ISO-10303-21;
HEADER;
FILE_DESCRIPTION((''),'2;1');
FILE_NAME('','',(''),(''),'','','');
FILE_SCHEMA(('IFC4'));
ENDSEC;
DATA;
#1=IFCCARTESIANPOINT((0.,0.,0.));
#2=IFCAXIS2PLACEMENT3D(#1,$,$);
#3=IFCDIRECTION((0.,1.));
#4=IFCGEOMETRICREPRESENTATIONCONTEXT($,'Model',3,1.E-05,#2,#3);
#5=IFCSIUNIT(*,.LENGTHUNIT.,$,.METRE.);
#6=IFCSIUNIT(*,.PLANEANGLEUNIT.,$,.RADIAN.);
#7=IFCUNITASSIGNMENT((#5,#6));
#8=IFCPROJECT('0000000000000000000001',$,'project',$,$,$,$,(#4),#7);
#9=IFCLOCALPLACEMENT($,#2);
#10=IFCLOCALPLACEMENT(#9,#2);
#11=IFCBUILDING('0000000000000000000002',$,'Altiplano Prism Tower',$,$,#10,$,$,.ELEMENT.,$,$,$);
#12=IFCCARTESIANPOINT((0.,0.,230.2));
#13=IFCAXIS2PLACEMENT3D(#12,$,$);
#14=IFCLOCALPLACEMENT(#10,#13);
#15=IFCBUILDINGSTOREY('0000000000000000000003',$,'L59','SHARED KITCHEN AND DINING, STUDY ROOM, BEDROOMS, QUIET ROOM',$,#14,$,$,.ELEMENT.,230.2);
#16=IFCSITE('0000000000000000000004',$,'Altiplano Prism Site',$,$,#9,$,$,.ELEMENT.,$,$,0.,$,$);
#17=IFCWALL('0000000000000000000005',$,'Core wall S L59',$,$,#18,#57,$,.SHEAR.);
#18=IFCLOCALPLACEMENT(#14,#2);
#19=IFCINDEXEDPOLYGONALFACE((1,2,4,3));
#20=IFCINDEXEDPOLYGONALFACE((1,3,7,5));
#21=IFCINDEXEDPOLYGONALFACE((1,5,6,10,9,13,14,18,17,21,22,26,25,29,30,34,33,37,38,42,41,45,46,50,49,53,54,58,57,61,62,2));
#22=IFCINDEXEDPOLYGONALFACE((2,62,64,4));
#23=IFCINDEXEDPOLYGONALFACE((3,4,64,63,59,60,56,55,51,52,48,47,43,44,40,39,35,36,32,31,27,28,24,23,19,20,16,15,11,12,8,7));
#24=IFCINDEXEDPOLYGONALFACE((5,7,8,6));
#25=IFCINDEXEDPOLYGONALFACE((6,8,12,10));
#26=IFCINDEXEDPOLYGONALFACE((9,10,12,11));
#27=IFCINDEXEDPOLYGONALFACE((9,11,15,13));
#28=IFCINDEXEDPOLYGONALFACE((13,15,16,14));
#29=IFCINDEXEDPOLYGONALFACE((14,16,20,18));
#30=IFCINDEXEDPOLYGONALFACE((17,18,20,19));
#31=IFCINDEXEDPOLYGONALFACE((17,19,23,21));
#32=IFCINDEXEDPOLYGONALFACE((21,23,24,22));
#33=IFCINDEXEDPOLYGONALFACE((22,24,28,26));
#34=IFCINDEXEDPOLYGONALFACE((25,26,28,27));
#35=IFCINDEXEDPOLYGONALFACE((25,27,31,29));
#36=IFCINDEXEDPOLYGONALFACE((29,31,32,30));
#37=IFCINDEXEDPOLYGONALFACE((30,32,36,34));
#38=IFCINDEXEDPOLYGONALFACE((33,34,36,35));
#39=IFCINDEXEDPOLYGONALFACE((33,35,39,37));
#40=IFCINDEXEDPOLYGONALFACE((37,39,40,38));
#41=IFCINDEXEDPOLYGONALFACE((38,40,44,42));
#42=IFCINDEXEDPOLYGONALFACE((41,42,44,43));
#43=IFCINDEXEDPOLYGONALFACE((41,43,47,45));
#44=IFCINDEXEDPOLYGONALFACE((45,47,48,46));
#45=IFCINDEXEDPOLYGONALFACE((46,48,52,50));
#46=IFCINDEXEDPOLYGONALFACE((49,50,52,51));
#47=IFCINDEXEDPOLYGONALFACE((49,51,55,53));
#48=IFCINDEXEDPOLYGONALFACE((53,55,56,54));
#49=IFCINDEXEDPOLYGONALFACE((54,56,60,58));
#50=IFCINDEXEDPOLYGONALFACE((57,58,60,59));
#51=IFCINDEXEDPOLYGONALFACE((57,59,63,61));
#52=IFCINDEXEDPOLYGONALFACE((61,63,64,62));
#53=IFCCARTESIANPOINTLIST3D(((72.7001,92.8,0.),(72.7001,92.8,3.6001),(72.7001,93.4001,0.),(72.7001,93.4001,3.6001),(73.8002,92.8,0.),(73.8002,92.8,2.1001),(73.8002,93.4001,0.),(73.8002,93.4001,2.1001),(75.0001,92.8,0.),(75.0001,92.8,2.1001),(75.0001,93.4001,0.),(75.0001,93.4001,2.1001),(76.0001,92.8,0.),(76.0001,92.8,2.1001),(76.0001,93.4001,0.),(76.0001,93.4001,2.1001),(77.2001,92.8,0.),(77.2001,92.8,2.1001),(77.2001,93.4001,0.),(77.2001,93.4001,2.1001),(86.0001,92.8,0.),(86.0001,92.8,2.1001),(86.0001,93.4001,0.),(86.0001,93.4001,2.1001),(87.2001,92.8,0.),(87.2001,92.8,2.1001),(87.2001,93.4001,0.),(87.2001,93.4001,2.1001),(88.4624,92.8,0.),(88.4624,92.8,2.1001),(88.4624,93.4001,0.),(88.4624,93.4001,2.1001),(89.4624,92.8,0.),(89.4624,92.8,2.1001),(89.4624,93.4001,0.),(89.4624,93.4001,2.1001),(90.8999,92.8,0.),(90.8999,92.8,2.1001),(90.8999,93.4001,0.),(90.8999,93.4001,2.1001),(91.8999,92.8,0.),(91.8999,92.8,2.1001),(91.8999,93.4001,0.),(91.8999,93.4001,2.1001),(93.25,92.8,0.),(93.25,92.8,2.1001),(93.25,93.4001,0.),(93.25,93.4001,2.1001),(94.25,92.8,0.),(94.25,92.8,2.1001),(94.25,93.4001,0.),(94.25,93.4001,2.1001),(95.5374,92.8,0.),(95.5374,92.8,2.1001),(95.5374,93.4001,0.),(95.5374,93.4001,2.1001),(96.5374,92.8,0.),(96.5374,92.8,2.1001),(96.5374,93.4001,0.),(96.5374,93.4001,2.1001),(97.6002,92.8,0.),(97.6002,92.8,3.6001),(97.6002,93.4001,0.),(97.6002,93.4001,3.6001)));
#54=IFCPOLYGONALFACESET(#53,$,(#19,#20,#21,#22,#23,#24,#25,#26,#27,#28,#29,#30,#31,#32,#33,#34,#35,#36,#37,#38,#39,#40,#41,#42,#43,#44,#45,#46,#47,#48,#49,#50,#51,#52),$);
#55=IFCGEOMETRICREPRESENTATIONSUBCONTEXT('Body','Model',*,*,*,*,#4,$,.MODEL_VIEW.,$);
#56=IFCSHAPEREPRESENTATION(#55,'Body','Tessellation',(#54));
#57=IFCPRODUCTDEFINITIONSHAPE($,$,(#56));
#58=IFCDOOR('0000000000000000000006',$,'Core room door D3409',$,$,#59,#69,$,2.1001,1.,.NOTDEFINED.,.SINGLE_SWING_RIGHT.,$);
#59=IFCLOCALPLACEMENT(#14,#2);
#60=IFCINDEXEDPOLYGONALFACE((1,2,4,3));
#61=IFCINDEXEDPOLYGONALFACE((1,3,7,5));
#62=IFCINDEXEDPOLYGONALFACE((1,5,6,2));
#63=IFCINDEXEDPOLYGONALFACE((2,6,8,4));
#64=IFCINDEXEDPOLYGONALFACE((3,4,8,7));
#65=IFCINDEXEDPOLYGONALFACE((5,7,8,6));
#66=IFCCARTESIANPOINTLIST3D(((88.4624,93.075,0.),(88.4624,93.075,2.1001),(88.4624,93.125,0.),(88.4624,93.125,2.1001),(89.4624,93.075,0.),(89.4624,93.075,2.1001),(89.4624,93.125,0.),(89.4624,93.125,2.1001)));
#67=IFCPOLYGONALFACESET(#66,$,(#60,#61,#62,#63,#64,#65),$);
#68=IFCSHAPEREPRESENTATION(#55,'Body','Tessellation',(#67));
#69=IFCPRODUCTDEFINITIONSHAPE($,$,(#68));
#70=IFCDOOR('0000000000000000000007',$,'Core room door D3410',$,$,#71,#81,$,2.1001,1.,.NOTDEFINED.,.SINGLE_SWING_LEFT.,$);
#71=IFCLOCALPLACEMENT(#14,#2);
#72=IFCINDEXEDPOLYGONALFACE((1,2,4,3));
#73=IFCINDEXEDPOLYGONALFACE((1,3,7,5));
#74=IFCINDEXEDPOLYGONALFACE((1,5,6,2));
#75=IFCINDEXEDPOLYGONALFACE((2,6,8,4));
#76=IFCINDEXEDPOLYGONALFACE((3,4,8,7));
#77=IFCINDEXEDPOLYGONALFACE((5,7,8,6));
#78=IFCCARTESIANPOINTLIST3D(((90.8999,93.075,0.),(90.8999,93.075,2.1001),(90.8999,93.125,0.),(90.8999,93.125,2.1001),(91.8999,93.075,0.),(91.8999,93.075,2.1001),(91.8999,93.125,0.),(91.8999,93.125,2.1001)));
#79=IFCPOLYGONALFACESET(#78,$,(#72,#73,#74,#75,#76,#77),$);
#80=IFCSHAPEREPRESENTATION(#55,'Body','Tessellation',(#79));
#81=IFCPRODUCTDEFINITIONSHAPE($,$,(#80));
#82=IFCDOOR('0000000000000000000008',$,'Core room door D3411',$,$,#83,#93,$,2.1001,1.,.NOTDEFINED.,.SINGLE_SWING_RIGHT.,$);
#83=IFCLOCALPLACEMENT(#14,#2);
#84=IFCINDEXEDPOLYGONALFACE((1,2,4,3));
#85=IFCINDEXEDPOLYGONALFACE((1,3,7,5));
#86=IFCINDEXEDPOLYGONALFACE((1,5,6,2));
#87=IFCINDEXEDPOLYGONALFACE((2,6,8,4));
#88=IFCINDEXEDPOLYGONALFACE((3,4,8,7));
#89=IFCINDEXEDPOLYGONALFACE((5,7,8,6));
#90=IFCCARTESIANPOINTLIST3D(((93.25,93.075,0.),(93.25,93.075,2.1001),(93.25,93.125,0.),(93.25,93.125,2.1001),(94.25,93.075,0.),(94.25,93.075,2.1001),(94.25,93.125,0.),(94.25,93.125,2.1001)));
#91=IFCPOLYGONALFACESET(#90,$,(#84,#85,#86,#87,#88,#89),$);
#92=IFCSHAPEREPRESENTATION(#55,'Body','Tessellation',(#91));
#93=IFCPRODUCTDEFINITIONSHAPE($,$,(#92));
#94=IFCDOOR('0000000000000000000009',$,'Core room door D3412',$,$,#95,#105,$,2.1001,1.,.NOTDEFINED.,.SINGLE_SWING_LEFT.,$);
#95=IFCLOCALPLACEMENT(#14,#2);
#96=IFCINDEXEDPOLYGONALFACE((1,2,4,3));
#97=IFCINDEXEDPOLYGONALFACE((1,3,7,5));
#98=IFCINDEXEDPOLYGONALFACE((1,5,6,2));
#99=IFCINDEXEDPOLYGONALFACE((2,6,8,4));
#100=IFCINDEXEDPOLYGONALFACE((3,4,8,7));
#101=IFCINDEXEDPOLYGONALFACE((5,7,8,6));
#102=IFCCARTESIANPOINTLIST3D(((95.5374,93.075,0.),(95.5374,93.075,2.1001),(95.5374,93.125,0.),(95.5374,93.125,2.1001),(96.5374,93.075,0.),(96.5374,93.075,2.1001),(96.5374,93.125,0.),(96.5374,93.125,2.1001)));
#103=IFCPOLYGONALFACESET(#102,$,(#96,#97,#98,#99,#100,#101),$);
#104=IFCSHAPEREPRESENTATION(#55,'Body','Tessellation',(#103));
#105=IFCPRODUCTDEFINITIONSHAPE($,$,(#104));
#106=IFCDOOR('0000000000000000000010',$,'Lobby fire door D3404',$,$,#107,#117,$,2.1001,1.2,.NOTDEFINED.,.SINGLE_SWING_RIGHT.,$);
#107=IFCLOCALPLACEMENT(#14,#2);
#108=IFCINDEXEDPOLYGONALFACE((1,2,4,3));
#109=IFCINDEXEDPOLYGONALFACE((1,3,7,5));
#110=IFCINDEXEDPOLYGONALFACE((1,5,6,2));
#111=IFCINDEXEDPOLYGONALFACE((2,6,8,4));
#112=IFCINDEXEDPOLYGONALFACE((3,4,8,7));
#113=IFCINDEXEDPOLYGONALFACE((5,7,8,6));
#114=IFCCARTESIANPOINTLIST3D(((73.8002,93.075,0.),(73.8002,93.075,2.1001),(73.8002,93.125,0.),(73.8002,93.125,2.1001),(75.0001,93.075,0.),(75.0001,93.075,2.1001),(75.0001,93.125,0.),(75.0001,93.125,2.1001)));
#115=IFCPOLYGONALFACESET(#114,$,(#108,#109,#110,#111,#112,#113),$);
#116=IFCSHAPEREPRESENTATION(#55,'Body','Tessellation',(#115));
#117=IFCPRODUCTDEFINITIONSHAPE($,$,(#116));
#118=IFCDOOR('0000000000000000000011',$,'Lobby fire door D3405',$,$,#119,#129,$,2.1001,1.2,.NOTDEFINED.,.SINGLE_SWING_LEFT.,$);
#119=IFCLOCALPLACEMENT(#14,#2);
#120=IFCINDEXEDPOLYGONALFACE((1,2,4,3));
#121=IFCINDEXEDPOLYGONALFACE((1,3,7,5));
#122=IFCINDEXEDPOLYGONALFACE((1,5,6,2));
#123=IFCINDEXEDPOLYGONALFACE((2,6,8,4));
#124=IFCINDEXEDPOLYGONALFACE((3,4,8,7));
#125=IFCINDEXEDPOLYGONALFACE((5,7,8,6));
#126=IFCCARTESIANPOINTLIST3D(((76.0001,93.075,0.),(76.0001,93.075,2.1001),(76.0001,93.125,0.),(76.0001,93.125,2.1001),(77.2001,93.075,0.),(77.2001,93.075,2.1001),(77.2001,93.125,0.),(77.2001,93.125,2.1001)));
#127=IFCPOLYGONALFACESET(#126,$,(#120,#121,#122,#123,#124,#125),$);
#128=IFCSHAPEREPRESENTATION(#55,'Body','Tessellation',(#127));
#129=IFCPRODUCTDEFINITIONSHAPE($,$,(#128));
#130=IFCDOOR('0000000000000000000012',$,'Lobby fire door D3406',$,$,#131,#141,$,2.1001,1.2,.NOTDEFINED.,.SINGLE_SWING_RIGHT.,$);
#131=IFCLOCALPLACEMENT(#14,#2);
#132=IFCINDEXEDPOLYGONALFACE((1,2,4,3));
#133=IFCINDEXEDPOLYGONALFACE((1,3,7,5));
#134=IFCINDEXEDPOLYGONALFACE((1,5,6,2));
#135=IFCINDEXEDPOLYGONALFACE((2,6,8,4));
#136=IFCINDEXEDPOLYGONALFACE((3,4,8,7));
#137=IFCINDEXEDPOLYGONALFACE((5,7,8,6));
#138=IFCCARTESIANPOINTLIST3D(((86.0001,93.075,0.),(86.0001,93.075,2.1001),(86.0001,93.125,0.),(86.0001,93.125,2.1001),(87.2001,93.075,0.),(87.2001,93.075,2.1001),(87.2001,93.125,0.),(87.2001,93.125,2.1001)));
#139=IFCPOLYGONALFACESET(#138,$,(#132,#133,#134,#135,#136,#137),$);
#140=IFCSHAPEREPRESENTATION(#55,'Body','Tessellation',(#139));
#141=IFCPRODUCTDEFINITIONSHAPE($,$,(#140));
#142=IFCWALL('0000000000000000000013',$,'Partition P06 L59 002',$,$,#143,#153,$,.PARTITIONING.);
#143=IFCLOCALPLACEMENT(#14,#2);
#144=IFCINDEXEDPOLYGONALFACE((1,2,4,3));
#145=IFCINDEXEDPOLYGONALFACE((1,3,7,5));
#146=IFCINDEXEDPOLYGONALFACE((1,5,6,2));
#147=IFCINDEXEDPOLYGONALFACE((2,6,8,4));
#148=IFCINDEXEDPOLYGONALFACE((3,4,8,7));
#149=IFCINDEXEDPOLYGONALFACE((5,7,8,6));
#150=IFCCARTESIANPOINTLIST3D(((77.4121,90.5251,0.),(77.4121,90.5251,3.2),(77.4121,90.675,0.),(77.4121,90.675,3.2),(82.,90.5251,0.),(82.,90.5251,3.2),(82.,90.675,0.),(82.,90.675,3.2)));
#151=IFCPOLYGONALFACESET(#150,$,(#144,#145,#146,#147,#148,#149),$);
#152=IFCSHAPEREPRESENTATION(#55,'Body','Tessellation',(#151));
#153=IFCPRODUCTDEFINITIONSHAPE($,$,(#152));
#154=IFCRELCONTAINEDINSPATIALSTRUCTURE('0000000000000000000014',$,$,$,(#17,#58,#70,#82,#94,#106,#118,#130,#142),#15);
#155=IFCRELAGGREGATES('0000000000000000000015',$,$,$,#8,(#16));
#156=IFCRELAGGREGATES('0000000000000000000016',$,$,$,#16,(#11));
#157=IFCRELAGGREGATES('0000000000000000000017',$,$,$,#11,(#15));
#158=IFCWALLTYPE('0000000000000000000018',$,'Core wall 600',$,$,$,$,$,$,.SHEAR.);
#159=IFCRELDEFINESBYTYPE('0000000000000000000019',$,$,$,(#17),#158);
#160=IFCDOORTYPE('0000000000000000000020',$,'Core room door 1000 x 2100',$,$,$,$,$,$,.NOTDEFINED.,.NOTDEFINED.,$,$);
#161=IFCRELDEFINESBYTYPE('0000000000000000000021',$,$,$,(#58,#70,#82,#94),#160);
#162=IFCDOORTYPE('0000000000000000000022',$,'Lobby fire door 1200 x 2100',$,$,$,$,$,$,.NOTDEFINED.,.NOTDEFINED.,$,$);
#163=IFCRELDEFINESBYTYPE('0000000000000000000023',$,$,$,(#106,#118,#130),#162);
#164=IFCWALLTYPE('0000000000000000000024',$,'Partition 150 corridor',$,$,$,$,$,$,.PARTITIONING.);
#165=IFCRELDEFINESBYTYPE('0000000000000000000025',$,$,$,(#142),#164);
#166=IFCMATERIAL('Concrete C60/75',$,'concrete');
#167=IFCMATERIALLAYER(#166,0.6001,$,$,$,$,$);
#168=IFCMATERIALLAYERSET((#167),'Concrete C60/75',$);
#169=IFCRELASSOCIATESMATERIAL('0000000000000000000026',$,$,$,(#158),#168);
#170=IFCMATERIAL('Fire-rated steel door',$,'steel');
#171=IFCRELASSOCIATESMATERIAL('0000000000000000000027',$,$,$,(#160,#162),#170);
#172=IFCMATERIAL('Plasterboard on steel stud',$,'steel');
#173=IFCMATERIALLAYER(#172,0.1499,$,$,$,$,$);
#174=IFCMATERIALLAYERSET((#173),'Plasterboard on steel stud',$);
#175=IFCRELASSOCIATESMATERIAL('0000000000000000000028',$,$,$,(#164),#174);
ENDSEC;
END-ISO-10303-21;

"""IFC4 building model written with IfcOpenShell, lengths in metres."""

from ifc_helpers import new_model, si_unit, direction, frame, frame_2d, origin, place, context, subcontext, project, spatial, rectangle, extrude, material, layer, layer_set, type_object, element, fill, save


model = new_model("IFC4")

# Units and contexts
model_context = context("Model", 3, precision=1e-05, world=origin(), true_north=direction((0.0, 1.0)))
body_context = subcontext(model_context, "Body", "Model", "MODEL_VIEW")
ifc_project = project(units=[si_unit("LENGTHUNIT", "METRE"), si_unit("PLANEANGLEUNIT", "RADIAN")], contexts=[model_context])

# Site, building, storey
site_placement = place(None, origin())
site = spatial("IfcSite", under=ifc_project, at=site_placement, Name="Altiplano Prism Site", CompositionType="ELEMENT", RefElevation=0.0)
building_placement = place(site_placement, origin())
building = spatial("IfcBuilding", under=site, at=building_placement, Name="Altiplano Prism Tower", CompositionType="ELEMENT")
storey_placement = place(building_placement, frame((0.0, 0.0, 230.2)))
storey = spatial("IfcBuildingStorey", under=building, at=storey_placement, Name="L59", Description="SHARED KITCHEN AND DINING, STUDY ROOM, BEDROOMS, QUIET ROOM", CompositionType="ELEMENT", Elevation=230.2)

# Wall, openings, doors
ifc_material_1 = material(Name="Concrete C60/75", Category="concrete")
ifc_layer_1 = layer(ifc_material_1, 0.6001)
ifc_layer_set_1 = layer_set([ifc_layer_1], Name="Concrete C60/75")
wall_type_1 = type_object("IfcWallType", Name="Core wall 600", PredefinedType="SHEAR", material=ifc_layer_set_1)
wall_1_placement = place(storey_placement, frame((72.7, 93.1001, 0.0), z_axis=(0.0, 0.0, 1.0), x_axis=(1.0, 0.0, 0.0)))
wall_1 = element("IfcWall", 1, at=wall_1_placement, inside=storey, type_object=wall_type_1, Name="Core wall S L59", PredefinedType="SHEAR", context=body_context, shape_type="SweptSolid", body=[
    extrude(rectangle(XDim=24.9001, YDim=0.6001, at=frame_2d((12.4502, 0.0))), origin(), (0.0, 0.0, 1.0), 3.6001),
])
opening_1_placement = place(wall_1_placement, frame((1.1001, 0.0, 0.0)))
opening_1 = element("IfcOpeningElement", 2, at=opening_1_placement, cuts=wall_1, PredefinedType="OPENING", context=body_context, shape_type="SweptSolid", body=[
    extrude(rectangle(XDim=1.2, YDim=2.1001, at=frame_2d((0.6001, 1.05))), frame((0.0, 0.3105, 0.0), z_axis=(0.0, -1.0, 0.0), x_axis=(1.0, 0.0, 0.0)), (0.0, 0.0, 1.0), 0.6211),
])
opening_2_placement = place(wall_1_placement, frame((3.3, 0.0, 0.0)))
opening_2 = element("IfcOpeningElement", 3, at=opening_2_placement, cuts=wall_1, PredefinedType="OPENING", context=body_context, shape_type="SweptSolid", body=[
    extrude(rectangle(XDim=1.2, YDim=2.1001, at=frame_2d((0.6001, 1.05))), frame((0.0, 0.3105, 0.0), z_axis=(0.0, -1.0, 0.0), x_axis=(1.0, 0.0, 0.0)), (0.0, 0.0, 1.0), 0.6211),
])
opening_3_placement = place(wall_1_placement, frame((13.3, 0.0, 0.0)))
opening_3 = element("IfcOpeningElement", 4, at=opening_3_placement, cuts=wall_1, PredefinedType="OPENING", context=body_context, shape_type="SweptSolid", body=[
    extrude(rectangle(XDim=1.2, YDim=2.1001, at=frame_2d((0.6001, 1.05))), frame((0.0, 0.3105, 0.0), z_axis=(0.0, -1.0, 0.0), x_axis=(1.0, 0.0, 0.0)), (0.0, 0.0, 1.0), 0.6211),
])
opening_4_placement = place(wall_1_placement, frame((15.7625, 0.0, 0.0)))
opening_4 = element("IfcOpeningElement", 5, at=opening_4_placement, cuts=wall_1, PredefinedType="OPENING", context=body_context, shape_type="SweptSolid", body=[
    extrude(rectangle(XDim=1.0, YDim=2.1001, at=frame_2d((0.5, 1.05))), frame((0.0, 0.3105, 0.0), z_axis=(0.0, -1.0, 0.0), x_axis=(1.0, 0.0, 0.0)), (0.0, 0.0, 1.0), 0.6211),
])
opening_5_placement = place(wall_1_placement, frame((18.2, 0.0, 0.0)))
opening_5 = element("IfcOpeningElement", 6, at=opening_5_placement, cuts=wall_1, PredefinedType="OPENING", context=body_context, shape_type="SweptSolid", body=[
    extrude(rectangle(XDim=1.0, YDim=2.1001, at=frame_2d((0.5, 1.05))), frame((0.0, 0.3105, 0.0), z_axis=(0.0, -1.0, 0.0), x_axis=(1.0, 0.0, 0.0)), (0.0, 0.0, 1.0), 0.6211),
])
opening_6_placement = place(wall_1_placement, frame((20.55, 0.0, 0.0)))
opening_6 = element("IfcOpeningElement", 7, at=opening_6_placement, cuts=wall_1, PredefinedType="OPENING", context=body_context, shape_type="SweptSolid", body=[
    extrude(rectangle(XDim=1.0, YDim=2.1001, at=frame_2d((0.5, 1.05))), frame((0.0, 0.3105, 0.0), z_axis=(0.0, -1.0, 0.0), x_axis=(1.0, 0.0, 0.0)), (0.0, 0.0, 1.0), 0.6211),
])
opening_7_placement = place(wall_1_placement, frame((22.8374, 0.0, 0.0)))
opening_7 = element("IfcOpeningElement", 8, at=opening_7_placement, cuts=wall_1, PredefinedType="OPENING", context=body_context, shape_type="SweptSolid", body=[
    extrude(rectangle(XDim=1.0, YDim=2.1001, at=frame_2d((0.5, 1.05))), frame((0.0, 0.3105, 0.0), z_axis=(0.0, -1.0, 0.0), x_axis=(1.0, 0.0, 0.0)), (0.0, 0.0, 1.0), 0.6211),
])
ifc_material_2 = material(Name="Fire-rated steel door", Category="steel")
door_type_1 = type_object("IfcDoorType", Name="Core room door 1000 x 2100", OperationType="NOTDEFINED", PredefinedType="NOTDEFINED", material=ifc_material_2)
door_1_placement = place(opening_4_placement, origin())
door_1 = element("IfcDoor", 9, at=door_1_placement, inside=storey, type_object=door_type_1, Name="Core room door D3409", OperationType="SINGLE_SWING_RIGHT", OverallHeight=2.1001, OverallWidth=1.0, PredefinedType="NOTDEFINED", context=body_context, shape_type="SweptSolid", body=[
    extrude(rectangle(XDim=1.0, YDim=2.1001, at=frame_2d((0.5, 1.05))), frame((0.0, 0.0249, 0.0), z_axis=(0.0, -1.0, 0.0), x_axis=(1.0, 0.0, 0.0)), (0.0, 0.0, 1.0), 0.05),
])
fill(opening_4, door_1)
door_2_placement = place(opening_5_placement, origin())
door_2 = element("IfcDoor", 10, at=door_2_placement, inside=storey, type_object=door_type_1, Name="Core room door D3410", OperationType="SINGLE_SWING_LEFT", OverallHeight=2.1001, OverallWidth=1.0, PredefinedType="NOTDEFINED", context=body_context, shape_type="SweptSolid", body=[
    extrude(rectangle(XDim=1.0, YDim=2.1001, at=frame_2d((0.5, 1.05))), frame((0.0, 0.0249, 0.0), z_axis=(0.0, -1.0, 0.0), x_axis=(1.0, 0.0, 0.0)), (0.0, 0.0, 1.0), 0.05),
])
fill(opening_5, door_2)
door_3_placement = place(opening_6_placement, origin())
door_3 = element("IfcDoor", 11, at=door_3_placement, inside=storey, type_object=door_type_1, Name="Core room door D3411", OperationType="SINGLE_SWING_RIGHT", OverallHeight=2.1001, OverallWidth=1.0, PredefinedType="NOTDEFINED", context=body_context, shape_type="SweptSolid", body=[
    extrude(rectangle(XDim=1.0, YDim=2.1001, at=frame_2d((0.5, 1.05))), frame((0.0, 0.0249, 0.0), z_axis=(0.0, -1.0, 0.0), x_axis=(1.0, 0.0, 0.0)), (0.0, 0.0, 1.0), 0.05),
])
fill(opening_6, door_3)
door_4_placement = place(opening_7_placement, origin())
door_4 = element("IfcDoor", 12, at=door_4_placement, inside=storey, type_object=door_type_1, Name="Core room door D3412", OperationType="SINGLE_SWING_LEFT", OverallHeight=2.1001, OverallWidth=1.0, PredefinedType="NOTDEFINED", context=body_context, shape_type="SweptSolid", body=[
    extrude(rectangle(XDim=1.0, YDim=2.1001, at=frame_2d((0.5, 1.05))), frame((0.0, 0.0249, 0.0), z_axis=(0.0, -1.0, 0.0), x_axis=(1.0, 0.0, 0.0)), (0.0, 0.0, 1.0), 0.05),
])
fill(opening_7, door_4)
door_type_2 = type_object("IfcDoorType", Name="Lobby fire door 1200 x 2100", OperationType="NOTDEFINED", PredefinedType="NOTDEFINED", material=ifc_material_2)
door_5_placement = place(opening_1_placement, origin())
door_5 = element("IfcDoor", 13, at=door_5_placement, inside=storey, type_object=door_type_2, Name="Lobby fire door D3404", OperationType="SINGLE_SWING_RIGHT", OverallHeight=2.1001, OverallWidth=1.2, PredefinedType="NOTDEFINED", context=body_context, shape_type="SweptSolid", body=[
    extrude(rectangle(XDim=1.2, YDim=2.1001, at=frame_2d((0.6001, 1.05))), frame((0.0, 0.0249, 0.0), z_axis=(0.0, -1.0, 0.0), x_axis=(1.0, 0.0, 0.0)), (0.0, 0.0, 1.0), 0.05),
])
fill(opening_1, door_5)
door_6_placement = place(opening_2_placement, origin())
door_6 = element("IfcDoor", 14, at=door_6_placement, inside=storey, type_object=door_type_2, Name="Lobby fire door D3405", OperationType="SINGLE_SWING_LEFT", OverallHeight=2.1001, OverallWidth=1.2, PredefinedType="NOTDEFINED", context=body_context, shape_type="SweptSolid", body=[
    extrude(rectangle(XDim=1.2, YDim=2.1001, at=frame_2d((0.6001, 1.05))), frame((0.0, 0.0249, 0.0), z_axis=(0.0, -1.0, 0.0), x_axis=(1.0, 0.0, 0.0)), (0.0, 0.0, 1.0), 0.05),
])
fill(opening_2, door_6)
door_7_placement = place(opening_3_placement, origin())
door_7 = element("IfcDoor", 15, at=door_7_placement, inside=storey, type_object=door_type_2, Name="Lobby fire door D3406", OperationType="SINGLE_SWING_RIGHT", OverallHeight=2.1001, OverallWidth=1.2, PredefinedType="NOTDEFINED", context=body_context, shape_type="SweptSolid", body=[
    extrude(rectangle(XDim=1.2, YDim=2.1001, at=frame_2d((0.6001, 1.05))), frame((0.0, 0.0249, 0.0), z_axis=(0.0, -1.0, 0.0), x_axis=(1.0, 0.0, 0.0)), (0.0, 0.0, 1.0), 0.05),
])
fill(opening_3, door_7)

# Wall
ifc_material_3 = material(Name="Plasterboard on steel stud", Category="steel")
ifc_layer_2 = layer(ifc_material_3, 0.1499)
ifc_layer_set_2 = layer_set([ifc_layer_2], Name="Plasterboard on steel stud")
wall_type_2 = type_object("IfcWallType", Name="Partition 150 corridor", PredefinedType="PARTITIONING", material=ifc_layer_set_2)
wall_2_placement = place(storey_placement, frame((77.4121, 90.6001, 0.0), z_axis=(0.0, 0.0, 1.0), x_axis=(1.0, 0.0, 0.0)))
element("IfcWall", 16, at=wall_2_placement, inside=storey, type_object=wall_type_2, Name="Partition P06 L59 002", PredefinedType="PARTITIONING", context=body_context, shape_type="SweptSolid", body=[
    extrude(rectangle(XDim=4.5879, YDim=0.1499, at=frame_2d((2.2939, 0.0))), origin(), (0.0, 0.0, 1.0), 3.2),
])

save(model, "model.ifc")
